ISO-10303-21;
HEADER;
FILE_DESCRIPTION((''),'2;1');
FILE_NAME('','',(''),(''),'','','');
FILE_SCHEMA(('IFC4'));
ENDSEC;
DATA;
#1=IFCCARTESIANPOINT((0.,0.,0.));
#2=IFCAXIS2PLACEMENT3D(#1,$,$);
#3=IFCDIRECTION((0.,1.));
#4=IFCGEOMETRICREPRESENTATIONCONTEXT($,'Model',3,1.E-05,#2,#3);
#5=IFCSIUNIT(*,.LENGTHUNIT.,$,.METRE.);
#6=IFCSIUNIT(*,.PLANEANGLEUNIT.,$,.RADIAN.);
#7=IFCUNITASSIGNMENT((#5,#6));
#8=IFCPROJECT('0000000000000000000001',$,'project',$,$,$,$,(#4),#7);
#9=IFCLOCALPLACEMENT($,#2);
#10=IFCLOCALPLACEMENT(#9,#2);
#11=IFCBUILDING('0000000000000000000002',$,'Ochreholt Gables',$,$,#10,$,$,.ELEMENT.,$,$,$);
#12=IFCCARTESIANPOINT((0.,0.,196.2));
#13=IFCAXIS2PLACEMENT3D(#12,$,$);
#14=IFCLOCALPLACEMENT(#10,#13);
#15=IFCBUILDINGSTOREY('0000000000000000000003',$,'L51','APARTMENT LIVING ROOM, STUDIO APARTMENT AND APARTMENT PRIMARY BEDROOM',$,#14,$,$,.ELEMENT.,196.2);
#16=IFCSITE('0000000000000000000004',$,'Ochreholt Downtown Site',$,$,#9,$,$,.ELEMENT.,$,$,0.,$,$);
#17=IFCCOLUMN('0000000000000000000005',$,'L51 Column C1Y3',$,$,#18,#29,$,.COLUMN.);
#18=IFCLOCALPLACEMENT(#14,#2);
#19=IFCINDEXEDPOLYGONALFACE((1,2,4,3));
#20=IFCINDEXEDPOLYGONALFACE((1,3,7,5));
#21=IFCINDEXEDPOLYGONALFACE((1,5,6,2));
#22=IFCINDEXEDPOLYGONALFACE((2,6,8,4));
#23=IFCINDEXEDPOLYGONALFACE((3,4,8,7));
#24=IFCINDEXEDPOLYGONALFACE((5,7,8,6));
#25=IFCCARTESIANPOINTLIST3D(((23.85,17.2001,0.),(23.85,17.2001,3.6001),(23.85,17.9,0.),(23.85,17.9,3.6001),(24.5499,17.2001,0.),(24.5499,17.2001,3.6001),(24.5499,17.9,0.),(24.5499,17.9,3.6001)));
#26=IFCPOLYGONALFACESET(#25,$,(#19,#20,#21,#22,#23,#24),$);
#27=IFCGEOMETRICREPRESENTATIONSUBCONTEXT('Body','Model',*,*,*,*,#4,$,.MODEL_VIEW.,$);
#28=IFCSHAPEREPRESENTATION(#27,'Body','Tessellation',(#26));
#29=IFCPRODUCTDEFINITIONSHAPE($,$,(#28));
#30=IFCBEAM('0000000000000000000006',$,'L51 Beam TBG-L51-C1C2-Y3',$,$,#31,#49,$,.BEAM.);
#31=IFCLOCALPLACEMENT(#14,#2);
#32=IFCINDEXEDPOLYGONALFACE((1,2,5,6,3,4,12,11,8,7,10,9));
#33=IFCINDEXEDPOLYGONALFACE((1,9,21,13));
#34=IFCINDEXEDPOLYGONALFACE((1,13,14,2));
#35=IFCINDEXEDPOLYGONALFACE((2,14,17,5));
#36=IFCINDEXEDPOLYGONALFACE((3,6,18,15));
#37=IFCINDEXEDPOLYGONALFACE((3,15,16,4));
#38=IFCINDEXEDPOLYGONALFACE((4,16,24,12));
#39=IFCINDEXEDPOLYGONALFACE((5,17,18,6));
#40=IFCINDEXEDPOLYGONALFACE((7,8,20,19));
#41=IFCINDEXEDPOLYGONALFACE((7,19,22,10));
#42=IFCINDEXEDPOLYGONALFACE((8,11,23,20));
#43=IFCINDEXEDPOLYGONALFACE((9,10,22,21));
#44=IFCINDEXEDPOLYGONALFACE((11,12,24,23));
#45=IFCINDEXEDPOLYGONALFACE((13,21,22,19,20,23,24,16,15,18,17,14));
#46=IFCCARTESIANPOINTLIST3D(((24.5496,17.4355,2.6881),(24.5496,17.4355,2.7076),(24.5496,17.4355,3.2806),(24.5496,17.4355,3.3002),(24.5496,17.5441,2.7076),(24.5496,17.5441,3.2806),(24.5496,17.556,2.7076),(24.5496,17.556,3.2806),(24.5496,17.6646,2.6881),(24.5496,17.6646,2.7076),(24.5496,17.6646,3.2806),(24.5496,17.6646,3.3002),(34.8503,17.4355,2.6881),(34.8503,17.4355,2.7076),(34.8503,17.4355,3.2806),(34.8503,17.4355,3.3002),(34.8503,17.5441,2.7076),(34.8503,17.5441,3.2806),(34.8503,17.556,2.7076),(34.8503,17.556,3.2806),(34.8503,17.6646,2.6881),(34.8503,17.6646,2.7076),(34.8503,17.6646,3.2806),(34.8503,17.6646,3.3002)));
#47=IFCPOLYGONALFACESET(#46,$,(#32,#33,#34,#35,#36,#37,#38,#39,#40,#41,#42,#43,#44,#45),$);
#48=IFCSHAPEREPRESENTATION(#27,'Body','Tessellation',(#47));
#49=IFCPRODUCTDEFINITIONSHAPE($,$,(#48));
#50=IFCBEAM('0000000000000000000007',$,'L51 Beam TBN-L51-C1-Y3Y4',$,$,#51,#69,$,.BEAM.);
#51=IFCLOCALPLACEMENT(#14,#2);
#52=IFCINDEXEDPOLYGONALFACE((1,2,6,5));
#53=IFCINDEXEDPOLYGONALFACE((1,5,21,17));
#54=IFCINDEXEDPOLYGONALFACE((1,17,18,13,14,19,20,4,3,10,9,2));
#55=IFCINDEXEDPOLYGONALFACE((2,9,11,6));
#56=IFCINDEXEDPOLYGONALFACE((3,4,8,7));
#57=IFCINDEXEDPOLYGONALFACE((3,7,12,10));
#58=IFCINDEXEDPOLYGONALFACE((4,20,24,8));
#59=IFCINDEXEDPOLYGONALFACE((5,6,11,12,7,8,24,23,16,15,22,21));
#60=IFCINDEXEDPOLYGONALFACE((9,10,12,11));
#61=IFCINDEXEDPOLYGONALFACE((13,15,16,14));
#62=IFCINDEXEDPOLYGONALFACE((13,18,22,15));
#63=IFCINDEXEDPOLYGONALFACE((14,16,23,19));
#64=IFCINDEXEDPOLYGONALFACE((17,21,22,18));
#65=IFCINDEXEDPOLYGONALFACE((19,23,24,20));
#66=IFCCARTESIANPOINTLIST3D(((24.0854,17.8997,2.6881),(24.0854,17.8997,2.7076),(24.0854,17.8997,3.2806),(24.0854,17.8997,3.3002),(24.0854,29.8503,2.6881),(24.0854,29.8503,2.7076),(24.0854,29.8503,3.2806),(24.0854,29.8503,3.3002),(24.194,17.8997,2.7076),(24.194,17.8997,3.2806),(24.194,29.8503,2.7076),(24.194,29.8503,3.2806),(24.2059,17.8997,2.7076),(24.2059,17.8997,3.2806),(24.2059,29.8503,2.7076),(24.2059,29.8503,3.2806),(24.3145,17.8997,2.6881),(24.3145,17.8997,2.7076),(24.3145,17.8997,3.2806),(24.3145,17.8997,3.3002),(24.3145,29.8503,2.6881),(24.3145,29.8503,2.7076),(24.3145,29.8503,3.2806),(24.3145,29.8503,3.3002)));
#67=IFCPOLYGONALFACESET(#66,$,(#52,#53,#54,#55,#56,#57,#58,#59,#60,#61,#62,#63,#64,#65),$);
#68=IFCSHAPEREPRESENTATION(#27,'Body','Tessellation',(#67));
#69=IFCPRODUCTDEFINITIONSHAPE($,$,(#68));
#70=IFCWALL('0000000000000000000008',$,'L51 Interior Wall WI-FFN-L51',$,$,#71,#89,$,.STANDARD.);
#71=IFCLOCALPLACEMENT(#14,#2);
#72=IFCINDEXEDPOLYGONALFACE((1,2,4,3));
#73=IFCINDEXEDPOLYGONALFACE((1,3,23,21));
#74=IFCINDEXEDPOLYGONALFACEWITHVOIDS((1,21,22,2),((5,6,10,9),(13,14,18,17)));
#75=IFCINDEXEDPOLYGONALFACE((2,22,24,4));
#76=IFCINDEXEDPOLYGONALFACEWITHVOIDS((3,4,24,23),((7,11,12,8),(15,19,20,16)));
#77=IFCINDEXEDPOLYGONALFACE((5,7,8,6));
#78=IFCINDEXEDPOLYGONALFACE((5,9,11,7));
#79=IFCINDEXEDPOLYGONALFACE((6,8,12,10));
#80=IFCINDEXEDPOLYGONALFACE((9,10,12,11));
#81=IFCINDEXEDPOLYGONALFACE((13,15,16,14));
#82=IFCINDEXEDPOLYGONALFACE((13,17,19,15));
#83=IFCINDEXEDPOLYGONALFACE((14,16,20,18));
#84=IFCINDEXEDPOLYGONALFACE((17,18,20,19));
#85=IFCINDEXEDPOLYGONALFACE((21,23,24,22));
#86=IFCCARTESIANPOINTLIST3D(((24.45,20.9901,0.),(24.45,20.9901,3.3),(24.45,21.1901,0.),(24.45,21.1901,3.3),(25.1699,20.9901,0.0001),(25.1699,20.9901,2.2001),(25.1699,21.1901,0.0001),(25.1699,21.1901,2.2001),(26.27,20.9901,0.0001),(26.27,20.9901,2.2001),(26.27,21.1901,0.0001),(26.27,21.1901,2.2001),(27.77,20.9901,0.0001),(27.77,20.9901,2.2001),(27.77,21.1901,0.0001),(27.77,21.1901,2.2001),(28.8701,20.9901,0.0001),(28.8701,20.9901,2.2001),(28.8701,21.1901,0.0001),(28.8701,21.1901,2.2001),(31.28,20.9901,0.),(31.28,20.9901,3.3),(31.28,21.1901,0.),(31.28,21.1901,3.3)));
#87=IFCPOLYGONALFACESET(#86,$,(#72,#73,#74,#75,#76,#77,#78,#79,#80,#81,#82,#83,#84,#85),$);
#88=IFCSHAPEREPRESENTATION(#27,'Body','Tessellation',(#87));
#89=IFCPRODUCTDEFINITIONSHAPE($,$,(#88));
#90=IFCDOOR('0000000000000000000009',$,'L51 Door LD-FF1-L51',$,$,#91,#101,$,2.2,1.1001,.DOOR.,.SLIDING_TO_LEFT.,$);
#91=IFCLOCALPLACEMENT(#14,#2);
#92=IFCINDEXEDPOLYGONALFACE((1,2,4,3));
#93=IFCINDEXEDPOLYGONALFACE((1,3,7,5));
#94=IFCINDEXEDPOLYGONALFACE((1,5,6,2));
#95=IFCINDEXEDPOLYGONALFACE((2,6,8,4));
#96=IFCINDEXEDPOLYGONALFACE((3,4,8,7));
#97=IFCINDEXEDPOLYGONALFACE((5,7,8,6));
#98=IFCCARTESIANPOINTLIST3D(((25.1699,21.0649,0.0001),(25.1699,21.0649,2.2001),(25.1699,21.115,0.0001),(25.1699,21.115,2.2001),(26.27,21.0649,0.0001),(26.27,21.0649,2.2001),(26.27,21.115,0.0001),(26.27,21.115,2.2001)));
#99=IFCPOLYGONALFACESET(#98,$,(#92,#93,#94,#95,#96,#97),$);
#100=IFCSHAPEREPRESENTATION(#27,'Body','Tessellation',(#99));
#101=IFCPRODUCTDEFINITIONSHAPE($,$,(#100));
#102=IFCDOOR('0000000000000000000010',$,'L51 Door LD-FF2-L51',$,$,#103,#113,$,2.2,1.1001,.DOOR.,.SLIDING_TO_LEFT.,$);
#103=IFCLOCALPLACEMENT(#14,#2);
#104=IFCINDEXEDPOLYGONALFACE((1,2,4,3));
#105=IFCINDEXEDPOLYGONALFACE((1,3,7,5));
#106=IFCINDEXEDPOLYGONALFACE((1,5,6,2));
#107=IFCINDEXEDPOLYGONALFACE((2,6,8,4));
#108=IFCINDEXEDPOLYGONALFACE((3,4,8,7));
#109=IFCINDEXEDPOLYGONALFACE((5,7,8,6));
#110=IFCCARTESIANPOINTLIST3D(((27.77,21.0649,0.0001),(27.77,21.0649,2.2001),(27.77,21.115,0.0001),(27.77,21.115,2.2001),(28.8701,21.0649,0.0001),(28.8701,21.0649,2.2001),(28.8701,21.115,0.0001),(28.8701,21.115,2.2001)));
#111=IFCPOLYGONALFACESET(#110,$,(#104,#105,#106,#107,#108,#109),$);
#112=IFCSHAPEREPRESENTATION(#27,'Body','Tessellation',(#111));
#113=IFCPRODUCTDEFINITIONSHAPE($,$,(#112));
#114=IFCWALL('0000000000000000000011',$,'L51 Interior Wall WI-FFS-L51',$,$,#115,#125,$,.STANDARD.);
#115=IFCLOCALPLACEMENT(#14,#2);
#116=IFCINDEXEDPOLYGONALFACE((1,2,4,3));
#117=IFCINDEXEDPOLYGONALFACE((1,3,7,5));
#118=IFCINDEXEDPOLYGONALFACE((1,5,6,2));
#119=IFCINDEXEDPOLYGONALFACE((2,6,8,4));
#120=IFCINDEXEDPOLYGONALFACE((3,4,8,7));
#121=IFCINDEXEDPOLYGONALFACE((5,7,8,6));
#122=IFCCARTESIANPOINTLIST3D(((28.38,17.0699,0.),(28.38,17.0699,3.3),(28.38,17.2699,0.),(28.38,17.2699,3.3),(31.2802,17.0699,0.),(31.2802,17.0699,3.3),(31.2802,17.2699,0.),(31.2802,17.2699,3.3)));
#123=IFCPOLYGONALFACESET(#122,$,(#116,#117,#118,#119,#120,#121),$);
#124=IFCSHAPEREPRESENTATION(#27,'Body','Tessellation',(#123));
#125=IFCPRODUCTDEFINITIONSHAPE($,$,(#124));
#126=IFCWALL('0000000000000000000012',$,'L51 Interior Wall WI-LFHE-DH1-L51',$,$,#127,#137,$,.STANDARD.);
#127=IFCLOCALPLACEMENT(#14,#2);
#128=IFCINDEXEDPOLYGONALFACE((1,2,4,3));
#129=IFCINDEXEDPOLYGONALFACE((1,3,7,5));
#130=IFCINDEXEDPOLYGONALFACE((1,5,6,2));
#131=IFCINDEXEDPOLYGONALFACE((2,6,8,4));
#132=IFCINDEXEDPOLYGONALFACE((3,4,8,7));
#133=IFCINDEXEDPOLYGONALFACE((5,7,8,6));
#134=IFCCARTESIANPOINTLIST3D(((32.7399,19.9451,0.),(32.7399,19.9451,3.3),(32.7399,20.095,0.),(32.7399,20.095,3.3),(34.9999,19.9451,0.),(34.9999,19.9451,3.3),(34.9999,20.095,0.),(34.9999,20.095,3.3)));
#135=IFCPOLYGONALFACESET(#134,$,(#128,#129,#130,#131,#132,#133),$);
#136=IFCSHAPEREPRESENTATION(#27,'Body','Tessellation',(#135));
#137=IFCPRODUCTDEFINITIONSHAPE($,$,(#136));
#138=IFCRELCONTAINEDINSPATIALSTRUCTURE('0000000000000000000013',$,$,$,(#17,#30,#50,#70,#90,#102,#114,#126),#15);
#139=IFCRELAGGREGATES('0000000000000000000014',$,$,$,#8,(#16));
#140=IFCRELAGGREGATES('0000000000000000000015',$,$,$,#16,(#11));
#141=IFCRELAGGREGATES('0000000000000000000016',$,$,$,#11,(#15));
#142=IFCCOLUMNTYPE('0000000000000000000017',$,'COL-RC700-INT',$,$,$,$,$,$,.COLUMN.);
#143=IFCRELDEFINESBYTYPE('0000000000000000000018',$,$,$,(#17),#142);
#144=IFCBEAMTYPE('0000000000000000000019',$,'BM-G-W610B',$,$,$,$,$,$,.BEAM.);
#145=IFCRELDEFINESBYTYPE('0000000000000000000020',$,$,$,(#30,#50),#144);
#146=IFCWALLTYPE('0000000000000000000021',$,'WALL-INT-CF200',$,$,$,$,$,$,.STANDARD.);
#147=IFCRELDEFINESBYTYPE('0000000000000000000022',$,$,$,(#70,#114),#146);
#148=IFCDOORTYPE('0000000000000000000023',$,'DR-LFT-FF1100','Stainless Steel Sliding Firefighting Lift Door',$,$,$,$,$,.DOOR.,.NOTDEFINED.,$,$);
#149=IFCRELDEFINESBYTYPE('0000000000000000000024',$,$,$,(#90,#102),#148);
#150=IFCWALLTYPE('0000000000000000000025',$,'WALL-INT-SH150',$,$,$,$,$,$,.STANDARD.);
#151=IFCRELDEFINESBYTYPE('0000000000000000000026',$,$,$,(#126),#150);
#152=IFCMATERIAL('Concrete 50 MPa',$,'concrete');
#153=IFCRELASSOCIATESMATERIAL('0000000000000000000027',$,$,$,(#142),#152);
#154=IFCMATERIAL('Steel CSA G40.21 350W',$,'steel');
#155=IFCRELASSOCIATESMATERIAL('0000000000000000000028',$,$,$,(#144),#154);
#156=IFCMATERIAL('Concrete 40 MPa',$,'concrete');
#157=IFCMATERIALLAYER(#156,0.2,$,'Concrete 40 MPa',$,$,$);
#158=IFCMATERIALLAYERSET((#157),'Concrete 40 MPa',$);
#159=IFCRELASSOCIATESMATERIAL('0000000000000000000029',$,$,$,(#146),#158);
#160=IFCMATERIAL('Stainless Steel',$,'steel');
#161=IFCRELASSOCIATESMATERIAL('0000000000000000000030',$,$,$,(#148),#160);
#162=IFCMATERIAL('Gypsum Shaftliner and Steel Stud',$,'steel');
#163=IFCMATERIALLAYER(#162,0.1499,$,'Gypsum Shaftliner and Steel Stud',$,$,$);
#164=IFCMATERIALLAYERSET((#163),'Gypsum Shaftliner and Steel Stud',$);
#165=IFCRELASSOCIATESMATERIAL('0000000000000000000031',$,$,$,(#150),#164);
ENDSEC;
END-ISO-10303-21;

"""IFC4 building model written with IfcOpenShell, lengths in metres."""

from ifc_helpers import new_model, si_unit, direction, frame, frame_2d, origin, origin_2d, place, context, subcontext, project, spatial, rectangle, i_section, extrude, material, layer, layer_set, material_profile, profile_set, type_object, element, fill, save


model = new_model("IFC4")

# Units and contexts
model_context = context("Model", 3, precision=1e-05, world=origin(), true_north=direction((0.0, 1.0)))
body_context = subcontext(model_context, "Body", "Model", "MODEL_VIEW")
ifc_project = project(units=[si_unit("LENGTHUNIT", "METRE"), si_unit("PLANEANGLEUNIT", "RADIAN")], contexts=[model_context])

# Site, building, storey
site_placement = place(None, origin())
site = spatial("IfcSite", under=ifc_project, at=site_placement, Name="Ochreholt Downtown Site", CompositionType="ELEMENT", RefElevation=0.0)
building_placement = place(site_placement, origin())
building = spatial("IfcBuilding", under=site, at=building_placement, Name="Ochreholt Gables", CompositionType="ELEMENT")
storey_placement = place(building_placement, frame((0.0, 0.0, 196.2)))
storey = spatial("IfcBuildingStorey", under=building, at=storey_placement, Name="L51", Description="APARTMENT LIVING ROOM, STUDIO APARTMENT AND APARTMENT PRIMARY BEDROOM", CompositionType="ELEMENT", Elevation=196.2)

# Column
ifc_material_1 = material(Name="Concrete 50 MPa", Category="concrete")
ifc_material_profile_1 = material_profile(ifc_material_1, rectangle(XDim=0.7, YDim=0.7, at=origin_2d()), Name="RC700X700")
ifc_profile_set_1 = profile_set([ifc_material_profile_1], Name="Concrete 50 MPa")
column_type = type_object("IfcColumnType", Name="COL-RC700-INT", PredefinedType="COLUMN", material=ifc_profile_set_1)
column_placement = place(storey_placement, frame((24.2, 17.55, 0.0), z_axis=(0.0, 0.0, 1.0), x_axis=(1.0, 0.0, 0.0)))
element("IfcColumn", 1, at=column_placement, inside=storey, type_object=column_type, Name="L51 Column C1Y3", PredefinedType="COLUMN", context=body_context, shape_type="SweptSolid", body=[
    extrude(rectangle(XDim=0.7, YDim=0.7, at=origin_2d()), origin(), (0.0, 0.0, 1.0), 3.6001),
])

# Beams
ifc_material_2 = material(Name="Steel CSA G40.21 350W", Category="steel")
ifc_material_profile_2 = material_profile(ifc_material_2, i_section(OverallWidth=0.229, OverallDepth=0.6121, WebThickness=0.012, FlangeThickness=0.0195, at=origin_2d()), Name="W610X125")
ifc_profile_set_2 = profile_set([ifc_material_profile_2], Name="Steel CSA G40.21 350W")
beam_type = type_object("IfcBeamType", Name="BM-G-W610B", PredefinedType="BEAM", material=ifc_profile_set_2)
beam_1_placement = place(storey_placement, frame((24.5496, 17.55, 2.9941), z_axis=(1.0, 0.0, 0.0), x_axis=(0.0, 1.0, 0.0)))
element("IfcBeam", 2, at=beam_1_placement, inside=storey, type_object=beam_type, Name="L51 Beam TBG-L51-C1C2-Y3", PredefinedType="BEAM", context=body_context, shape_type="SweptSolid", body=[
    extrude(i_section(OverallWidth=0.229, OverallDepth=0.6121, WebThickness=0.012, FlangeThickness=0.0195, at=origin_2d()), origin(), (0.0, 0.0, 1.0), 10.3008),
])
beam_2_placement = place(storey_placement, frame((24.2, 17.8997, 2.9941), z_axis=(0.0, 1.0, 0.0), x_axis=(-1.0, 0.0, 0.0)))
element("IfcBeam", 3, at=beam_2_placement, inside=storey, type_object=beam_type, Name="L51 Beam TBN-L51-C1-Y3Y4", PredefinedType="BEAM", context=body_context, shape_type="SweptSolid", body=[
    extrude(i_section(OverallWidth=0.229, OverallDepth=0.6121, WebThickness=0.012, FlangeThickness=0.0195, at=origin_2d()), origin(), (0.0, 0.0, 1.0), 11.9507),
])

# Wall, openings, doors
ifc_material_3 = material(Name="Concrete 40 MPa", Category="concrete")
ifc_layer_1 = layer(ifc_material_3, 0.2, Name="Concrete 40 MPa")
ifc_layer_set_1 = layer_set([ifc_layer_1], Name="Concrete 40 MPa")
wall_type_1 = type_object("IfcWallType", Name="WALL-INT-CF200", PredefinedType="STANDARD", material=ifc_layer_set_1)
wall_1_placement = place(storey_placement, frame((24.45, 21.0901, 0.0), z_axis=(0.0, 0.0, 1.0), x_axis=(1.0, 0.0, 0.0)))
wall_1 = element("IfcWall", 4, at=wall_1_placement, inside=storey, type_object=wall_type_1, Name="L51 Interior Wall WI-FFN-L51", PredefinedType="STANDARD", context=body_context, shape_type="SweptSolid", body=[
    extrude(rectangle(XDim=6.8301, YDim=0.2, at=frame_2d((3.415, 0.0))), origin(), (0.0, 0.0, 1.0), 3.3),
])
opening_1_placement = place(wall_1_placement, frame((0.72, 0.0, 0.0)))
opening_1 = element("IfcOpeningElement", 5, at=opening_1_placement, cuts=wall_1, PredefinedType="OPENING", context=body_context, shape_type="SweptSolid", body=[
    extrude(rectangle(XDim=1.1001, YDim=2.2, at=frame_2d((0.55, 1.1001))), frame((0.0, 0.1099, 0.0), z_axis=(0.0, -1.0, 0.0), x_axis=(1.0, 0.0, 0.0)), (0.0, 0.0, 1.0), 0.22),
])
opening_2_placement = place(wall_1_placement, frame((3.3201, 0.0, 0.0)))
opening_2 = element("IfcOpeningElement", 6, at=opening_2_placement, cuts=wall_1, PredefinedType="OPENING", context=body_context, shape_type="SweptSolid", body=[
    extrude(rectangle(XDim=1.1001, YDim=2.2, at=frame_2d((0.55, 1.1001))), frame((0.0, 0.1099, 0.0), z_axis=(0.0, -1.0, 0.0), x_axis=(1.0, 0.0, 0.0)), (0.0, 0.0, 1.0), 0.22),
])
ifc_material_4 = material(Name="Stainless Steel", Category="steel")
door_type_1 = type_object("IfcDoorType", Name="DR-LFT-FF1100", Description="Stainless Steel Sliding Firefighting Lift Door", OperationType="NOTDEFINED", PredefinedType="DOOR", material=ifc_material_4)
door_1_placement = place(opening_1_placement, origin())
door_1 = element("IfcDoor", 7, at=door_1_placement, inside=storey, type_object=door_type_1, Name="L51 Door LD-FF1-L51", OperationType="SLIDING_TO_LEFT", OverallHeight=2.2, OverallWidth=1.1001, PredefinedType="DOOR", context=body_context, shape_type="SweptSolid", body=[
    extrude(rectangle(XDim=1.1001, YDim=2.2, at=frame_2d((0.55, 1.1001))), frame((0.0, 0.0249, 0.0), z_axis=(0.0, -1.0, 0.0), x_axis=(1.0, 0.0, 0.0)), (0.0, 0.0, 1.0), 0.05),
])
fill(opening_1, door_1)
door_2_placement = place(opening_2_placement, origin())
door_2 = element("IfcDoor", 8, at=door_2_placement, inside=storey, type_object=door_type_1, Name="L51 Door LD-FF2-L51", OperationType="SLIDING_TO_LEFT", OverallHeight=2.2, OverallWidth=1.1001, PredefinedType="DOOR", context=body_context, shape_type="SweptSolid", body=[
    extrude(rectangle(XDim=1.1001, YDim=2.2, at=frame_2d((0.55, 1.1001))), frame((0.0, 0.0249, 0.0), z_axis=(0.0, -1.0, 0.0), x_axis=(1.0, 0.0, 0.0)), (0.0, 0.0, 1.0), 0.05),
])
fill(opening_2, door_2)

# Wall
wall_2_placement = place(storey_placement, frame((28.3799, 17.1699, 0.0), z_axis=(0.0, 0.0, 1.0), x_axis=(1.0, 0.0, 0.0)))
element("IfcWall", 9, at=wall_2_placement, inside=storey, type_object=wall_type_1, Name="L51 Interior Wall WI-FFS-L51", PredefinedType="STANDARD", context=body_context, shape_type="SweptSolid", body=[
    extrude(rectangle(XDim=2.9001, YDim=0.2, at=frame_2d((1.4502, 0.0))), origin(), (0.0, 0.0, 1.0), 3.3),
])

# Wall
ifc_material_5 = material(Name="Gypsum Shaftliner and Steel Stud", Category="steel")
ifc_layer_2 = layer(ifc_material_5, 0.1499, Name="Gypsum Shaftliner and Steel Stud")
ifc_layer_set_2 = layer_set([ifc_layer_2], Name="Gypsum Shaftliner and Steel Stud")
wall_type_2 = type_object("IfcWallType", Name="WALL-INT-SH150", PredefinedType="STANDARD", material=ifc_layer_set_2)
wall_3_placement = place(storey_placement, frame((32.74, 20.02, 0.0), z_axis=(0.0, 0.0, 1.0), x_axis=(1.0, 0.0, 0.0)))
element("IfcWall", 10, at=wall_3_placement, inside=storey, type_object=wall_type_2, Name="L51 Interior Wall WI-LFHE-DH1-L51", PredefinedType="STANDARD", context=body_context, shape_type="SweptSolid", body=[
    extrude(rectangle(XDim=2.26, YDim=0.1499, at=frame_2d((1.1299, 0.0))), origin(), (0.0, 0.0, 1.0), 3.3),
])

save(model, "model.ifc")
